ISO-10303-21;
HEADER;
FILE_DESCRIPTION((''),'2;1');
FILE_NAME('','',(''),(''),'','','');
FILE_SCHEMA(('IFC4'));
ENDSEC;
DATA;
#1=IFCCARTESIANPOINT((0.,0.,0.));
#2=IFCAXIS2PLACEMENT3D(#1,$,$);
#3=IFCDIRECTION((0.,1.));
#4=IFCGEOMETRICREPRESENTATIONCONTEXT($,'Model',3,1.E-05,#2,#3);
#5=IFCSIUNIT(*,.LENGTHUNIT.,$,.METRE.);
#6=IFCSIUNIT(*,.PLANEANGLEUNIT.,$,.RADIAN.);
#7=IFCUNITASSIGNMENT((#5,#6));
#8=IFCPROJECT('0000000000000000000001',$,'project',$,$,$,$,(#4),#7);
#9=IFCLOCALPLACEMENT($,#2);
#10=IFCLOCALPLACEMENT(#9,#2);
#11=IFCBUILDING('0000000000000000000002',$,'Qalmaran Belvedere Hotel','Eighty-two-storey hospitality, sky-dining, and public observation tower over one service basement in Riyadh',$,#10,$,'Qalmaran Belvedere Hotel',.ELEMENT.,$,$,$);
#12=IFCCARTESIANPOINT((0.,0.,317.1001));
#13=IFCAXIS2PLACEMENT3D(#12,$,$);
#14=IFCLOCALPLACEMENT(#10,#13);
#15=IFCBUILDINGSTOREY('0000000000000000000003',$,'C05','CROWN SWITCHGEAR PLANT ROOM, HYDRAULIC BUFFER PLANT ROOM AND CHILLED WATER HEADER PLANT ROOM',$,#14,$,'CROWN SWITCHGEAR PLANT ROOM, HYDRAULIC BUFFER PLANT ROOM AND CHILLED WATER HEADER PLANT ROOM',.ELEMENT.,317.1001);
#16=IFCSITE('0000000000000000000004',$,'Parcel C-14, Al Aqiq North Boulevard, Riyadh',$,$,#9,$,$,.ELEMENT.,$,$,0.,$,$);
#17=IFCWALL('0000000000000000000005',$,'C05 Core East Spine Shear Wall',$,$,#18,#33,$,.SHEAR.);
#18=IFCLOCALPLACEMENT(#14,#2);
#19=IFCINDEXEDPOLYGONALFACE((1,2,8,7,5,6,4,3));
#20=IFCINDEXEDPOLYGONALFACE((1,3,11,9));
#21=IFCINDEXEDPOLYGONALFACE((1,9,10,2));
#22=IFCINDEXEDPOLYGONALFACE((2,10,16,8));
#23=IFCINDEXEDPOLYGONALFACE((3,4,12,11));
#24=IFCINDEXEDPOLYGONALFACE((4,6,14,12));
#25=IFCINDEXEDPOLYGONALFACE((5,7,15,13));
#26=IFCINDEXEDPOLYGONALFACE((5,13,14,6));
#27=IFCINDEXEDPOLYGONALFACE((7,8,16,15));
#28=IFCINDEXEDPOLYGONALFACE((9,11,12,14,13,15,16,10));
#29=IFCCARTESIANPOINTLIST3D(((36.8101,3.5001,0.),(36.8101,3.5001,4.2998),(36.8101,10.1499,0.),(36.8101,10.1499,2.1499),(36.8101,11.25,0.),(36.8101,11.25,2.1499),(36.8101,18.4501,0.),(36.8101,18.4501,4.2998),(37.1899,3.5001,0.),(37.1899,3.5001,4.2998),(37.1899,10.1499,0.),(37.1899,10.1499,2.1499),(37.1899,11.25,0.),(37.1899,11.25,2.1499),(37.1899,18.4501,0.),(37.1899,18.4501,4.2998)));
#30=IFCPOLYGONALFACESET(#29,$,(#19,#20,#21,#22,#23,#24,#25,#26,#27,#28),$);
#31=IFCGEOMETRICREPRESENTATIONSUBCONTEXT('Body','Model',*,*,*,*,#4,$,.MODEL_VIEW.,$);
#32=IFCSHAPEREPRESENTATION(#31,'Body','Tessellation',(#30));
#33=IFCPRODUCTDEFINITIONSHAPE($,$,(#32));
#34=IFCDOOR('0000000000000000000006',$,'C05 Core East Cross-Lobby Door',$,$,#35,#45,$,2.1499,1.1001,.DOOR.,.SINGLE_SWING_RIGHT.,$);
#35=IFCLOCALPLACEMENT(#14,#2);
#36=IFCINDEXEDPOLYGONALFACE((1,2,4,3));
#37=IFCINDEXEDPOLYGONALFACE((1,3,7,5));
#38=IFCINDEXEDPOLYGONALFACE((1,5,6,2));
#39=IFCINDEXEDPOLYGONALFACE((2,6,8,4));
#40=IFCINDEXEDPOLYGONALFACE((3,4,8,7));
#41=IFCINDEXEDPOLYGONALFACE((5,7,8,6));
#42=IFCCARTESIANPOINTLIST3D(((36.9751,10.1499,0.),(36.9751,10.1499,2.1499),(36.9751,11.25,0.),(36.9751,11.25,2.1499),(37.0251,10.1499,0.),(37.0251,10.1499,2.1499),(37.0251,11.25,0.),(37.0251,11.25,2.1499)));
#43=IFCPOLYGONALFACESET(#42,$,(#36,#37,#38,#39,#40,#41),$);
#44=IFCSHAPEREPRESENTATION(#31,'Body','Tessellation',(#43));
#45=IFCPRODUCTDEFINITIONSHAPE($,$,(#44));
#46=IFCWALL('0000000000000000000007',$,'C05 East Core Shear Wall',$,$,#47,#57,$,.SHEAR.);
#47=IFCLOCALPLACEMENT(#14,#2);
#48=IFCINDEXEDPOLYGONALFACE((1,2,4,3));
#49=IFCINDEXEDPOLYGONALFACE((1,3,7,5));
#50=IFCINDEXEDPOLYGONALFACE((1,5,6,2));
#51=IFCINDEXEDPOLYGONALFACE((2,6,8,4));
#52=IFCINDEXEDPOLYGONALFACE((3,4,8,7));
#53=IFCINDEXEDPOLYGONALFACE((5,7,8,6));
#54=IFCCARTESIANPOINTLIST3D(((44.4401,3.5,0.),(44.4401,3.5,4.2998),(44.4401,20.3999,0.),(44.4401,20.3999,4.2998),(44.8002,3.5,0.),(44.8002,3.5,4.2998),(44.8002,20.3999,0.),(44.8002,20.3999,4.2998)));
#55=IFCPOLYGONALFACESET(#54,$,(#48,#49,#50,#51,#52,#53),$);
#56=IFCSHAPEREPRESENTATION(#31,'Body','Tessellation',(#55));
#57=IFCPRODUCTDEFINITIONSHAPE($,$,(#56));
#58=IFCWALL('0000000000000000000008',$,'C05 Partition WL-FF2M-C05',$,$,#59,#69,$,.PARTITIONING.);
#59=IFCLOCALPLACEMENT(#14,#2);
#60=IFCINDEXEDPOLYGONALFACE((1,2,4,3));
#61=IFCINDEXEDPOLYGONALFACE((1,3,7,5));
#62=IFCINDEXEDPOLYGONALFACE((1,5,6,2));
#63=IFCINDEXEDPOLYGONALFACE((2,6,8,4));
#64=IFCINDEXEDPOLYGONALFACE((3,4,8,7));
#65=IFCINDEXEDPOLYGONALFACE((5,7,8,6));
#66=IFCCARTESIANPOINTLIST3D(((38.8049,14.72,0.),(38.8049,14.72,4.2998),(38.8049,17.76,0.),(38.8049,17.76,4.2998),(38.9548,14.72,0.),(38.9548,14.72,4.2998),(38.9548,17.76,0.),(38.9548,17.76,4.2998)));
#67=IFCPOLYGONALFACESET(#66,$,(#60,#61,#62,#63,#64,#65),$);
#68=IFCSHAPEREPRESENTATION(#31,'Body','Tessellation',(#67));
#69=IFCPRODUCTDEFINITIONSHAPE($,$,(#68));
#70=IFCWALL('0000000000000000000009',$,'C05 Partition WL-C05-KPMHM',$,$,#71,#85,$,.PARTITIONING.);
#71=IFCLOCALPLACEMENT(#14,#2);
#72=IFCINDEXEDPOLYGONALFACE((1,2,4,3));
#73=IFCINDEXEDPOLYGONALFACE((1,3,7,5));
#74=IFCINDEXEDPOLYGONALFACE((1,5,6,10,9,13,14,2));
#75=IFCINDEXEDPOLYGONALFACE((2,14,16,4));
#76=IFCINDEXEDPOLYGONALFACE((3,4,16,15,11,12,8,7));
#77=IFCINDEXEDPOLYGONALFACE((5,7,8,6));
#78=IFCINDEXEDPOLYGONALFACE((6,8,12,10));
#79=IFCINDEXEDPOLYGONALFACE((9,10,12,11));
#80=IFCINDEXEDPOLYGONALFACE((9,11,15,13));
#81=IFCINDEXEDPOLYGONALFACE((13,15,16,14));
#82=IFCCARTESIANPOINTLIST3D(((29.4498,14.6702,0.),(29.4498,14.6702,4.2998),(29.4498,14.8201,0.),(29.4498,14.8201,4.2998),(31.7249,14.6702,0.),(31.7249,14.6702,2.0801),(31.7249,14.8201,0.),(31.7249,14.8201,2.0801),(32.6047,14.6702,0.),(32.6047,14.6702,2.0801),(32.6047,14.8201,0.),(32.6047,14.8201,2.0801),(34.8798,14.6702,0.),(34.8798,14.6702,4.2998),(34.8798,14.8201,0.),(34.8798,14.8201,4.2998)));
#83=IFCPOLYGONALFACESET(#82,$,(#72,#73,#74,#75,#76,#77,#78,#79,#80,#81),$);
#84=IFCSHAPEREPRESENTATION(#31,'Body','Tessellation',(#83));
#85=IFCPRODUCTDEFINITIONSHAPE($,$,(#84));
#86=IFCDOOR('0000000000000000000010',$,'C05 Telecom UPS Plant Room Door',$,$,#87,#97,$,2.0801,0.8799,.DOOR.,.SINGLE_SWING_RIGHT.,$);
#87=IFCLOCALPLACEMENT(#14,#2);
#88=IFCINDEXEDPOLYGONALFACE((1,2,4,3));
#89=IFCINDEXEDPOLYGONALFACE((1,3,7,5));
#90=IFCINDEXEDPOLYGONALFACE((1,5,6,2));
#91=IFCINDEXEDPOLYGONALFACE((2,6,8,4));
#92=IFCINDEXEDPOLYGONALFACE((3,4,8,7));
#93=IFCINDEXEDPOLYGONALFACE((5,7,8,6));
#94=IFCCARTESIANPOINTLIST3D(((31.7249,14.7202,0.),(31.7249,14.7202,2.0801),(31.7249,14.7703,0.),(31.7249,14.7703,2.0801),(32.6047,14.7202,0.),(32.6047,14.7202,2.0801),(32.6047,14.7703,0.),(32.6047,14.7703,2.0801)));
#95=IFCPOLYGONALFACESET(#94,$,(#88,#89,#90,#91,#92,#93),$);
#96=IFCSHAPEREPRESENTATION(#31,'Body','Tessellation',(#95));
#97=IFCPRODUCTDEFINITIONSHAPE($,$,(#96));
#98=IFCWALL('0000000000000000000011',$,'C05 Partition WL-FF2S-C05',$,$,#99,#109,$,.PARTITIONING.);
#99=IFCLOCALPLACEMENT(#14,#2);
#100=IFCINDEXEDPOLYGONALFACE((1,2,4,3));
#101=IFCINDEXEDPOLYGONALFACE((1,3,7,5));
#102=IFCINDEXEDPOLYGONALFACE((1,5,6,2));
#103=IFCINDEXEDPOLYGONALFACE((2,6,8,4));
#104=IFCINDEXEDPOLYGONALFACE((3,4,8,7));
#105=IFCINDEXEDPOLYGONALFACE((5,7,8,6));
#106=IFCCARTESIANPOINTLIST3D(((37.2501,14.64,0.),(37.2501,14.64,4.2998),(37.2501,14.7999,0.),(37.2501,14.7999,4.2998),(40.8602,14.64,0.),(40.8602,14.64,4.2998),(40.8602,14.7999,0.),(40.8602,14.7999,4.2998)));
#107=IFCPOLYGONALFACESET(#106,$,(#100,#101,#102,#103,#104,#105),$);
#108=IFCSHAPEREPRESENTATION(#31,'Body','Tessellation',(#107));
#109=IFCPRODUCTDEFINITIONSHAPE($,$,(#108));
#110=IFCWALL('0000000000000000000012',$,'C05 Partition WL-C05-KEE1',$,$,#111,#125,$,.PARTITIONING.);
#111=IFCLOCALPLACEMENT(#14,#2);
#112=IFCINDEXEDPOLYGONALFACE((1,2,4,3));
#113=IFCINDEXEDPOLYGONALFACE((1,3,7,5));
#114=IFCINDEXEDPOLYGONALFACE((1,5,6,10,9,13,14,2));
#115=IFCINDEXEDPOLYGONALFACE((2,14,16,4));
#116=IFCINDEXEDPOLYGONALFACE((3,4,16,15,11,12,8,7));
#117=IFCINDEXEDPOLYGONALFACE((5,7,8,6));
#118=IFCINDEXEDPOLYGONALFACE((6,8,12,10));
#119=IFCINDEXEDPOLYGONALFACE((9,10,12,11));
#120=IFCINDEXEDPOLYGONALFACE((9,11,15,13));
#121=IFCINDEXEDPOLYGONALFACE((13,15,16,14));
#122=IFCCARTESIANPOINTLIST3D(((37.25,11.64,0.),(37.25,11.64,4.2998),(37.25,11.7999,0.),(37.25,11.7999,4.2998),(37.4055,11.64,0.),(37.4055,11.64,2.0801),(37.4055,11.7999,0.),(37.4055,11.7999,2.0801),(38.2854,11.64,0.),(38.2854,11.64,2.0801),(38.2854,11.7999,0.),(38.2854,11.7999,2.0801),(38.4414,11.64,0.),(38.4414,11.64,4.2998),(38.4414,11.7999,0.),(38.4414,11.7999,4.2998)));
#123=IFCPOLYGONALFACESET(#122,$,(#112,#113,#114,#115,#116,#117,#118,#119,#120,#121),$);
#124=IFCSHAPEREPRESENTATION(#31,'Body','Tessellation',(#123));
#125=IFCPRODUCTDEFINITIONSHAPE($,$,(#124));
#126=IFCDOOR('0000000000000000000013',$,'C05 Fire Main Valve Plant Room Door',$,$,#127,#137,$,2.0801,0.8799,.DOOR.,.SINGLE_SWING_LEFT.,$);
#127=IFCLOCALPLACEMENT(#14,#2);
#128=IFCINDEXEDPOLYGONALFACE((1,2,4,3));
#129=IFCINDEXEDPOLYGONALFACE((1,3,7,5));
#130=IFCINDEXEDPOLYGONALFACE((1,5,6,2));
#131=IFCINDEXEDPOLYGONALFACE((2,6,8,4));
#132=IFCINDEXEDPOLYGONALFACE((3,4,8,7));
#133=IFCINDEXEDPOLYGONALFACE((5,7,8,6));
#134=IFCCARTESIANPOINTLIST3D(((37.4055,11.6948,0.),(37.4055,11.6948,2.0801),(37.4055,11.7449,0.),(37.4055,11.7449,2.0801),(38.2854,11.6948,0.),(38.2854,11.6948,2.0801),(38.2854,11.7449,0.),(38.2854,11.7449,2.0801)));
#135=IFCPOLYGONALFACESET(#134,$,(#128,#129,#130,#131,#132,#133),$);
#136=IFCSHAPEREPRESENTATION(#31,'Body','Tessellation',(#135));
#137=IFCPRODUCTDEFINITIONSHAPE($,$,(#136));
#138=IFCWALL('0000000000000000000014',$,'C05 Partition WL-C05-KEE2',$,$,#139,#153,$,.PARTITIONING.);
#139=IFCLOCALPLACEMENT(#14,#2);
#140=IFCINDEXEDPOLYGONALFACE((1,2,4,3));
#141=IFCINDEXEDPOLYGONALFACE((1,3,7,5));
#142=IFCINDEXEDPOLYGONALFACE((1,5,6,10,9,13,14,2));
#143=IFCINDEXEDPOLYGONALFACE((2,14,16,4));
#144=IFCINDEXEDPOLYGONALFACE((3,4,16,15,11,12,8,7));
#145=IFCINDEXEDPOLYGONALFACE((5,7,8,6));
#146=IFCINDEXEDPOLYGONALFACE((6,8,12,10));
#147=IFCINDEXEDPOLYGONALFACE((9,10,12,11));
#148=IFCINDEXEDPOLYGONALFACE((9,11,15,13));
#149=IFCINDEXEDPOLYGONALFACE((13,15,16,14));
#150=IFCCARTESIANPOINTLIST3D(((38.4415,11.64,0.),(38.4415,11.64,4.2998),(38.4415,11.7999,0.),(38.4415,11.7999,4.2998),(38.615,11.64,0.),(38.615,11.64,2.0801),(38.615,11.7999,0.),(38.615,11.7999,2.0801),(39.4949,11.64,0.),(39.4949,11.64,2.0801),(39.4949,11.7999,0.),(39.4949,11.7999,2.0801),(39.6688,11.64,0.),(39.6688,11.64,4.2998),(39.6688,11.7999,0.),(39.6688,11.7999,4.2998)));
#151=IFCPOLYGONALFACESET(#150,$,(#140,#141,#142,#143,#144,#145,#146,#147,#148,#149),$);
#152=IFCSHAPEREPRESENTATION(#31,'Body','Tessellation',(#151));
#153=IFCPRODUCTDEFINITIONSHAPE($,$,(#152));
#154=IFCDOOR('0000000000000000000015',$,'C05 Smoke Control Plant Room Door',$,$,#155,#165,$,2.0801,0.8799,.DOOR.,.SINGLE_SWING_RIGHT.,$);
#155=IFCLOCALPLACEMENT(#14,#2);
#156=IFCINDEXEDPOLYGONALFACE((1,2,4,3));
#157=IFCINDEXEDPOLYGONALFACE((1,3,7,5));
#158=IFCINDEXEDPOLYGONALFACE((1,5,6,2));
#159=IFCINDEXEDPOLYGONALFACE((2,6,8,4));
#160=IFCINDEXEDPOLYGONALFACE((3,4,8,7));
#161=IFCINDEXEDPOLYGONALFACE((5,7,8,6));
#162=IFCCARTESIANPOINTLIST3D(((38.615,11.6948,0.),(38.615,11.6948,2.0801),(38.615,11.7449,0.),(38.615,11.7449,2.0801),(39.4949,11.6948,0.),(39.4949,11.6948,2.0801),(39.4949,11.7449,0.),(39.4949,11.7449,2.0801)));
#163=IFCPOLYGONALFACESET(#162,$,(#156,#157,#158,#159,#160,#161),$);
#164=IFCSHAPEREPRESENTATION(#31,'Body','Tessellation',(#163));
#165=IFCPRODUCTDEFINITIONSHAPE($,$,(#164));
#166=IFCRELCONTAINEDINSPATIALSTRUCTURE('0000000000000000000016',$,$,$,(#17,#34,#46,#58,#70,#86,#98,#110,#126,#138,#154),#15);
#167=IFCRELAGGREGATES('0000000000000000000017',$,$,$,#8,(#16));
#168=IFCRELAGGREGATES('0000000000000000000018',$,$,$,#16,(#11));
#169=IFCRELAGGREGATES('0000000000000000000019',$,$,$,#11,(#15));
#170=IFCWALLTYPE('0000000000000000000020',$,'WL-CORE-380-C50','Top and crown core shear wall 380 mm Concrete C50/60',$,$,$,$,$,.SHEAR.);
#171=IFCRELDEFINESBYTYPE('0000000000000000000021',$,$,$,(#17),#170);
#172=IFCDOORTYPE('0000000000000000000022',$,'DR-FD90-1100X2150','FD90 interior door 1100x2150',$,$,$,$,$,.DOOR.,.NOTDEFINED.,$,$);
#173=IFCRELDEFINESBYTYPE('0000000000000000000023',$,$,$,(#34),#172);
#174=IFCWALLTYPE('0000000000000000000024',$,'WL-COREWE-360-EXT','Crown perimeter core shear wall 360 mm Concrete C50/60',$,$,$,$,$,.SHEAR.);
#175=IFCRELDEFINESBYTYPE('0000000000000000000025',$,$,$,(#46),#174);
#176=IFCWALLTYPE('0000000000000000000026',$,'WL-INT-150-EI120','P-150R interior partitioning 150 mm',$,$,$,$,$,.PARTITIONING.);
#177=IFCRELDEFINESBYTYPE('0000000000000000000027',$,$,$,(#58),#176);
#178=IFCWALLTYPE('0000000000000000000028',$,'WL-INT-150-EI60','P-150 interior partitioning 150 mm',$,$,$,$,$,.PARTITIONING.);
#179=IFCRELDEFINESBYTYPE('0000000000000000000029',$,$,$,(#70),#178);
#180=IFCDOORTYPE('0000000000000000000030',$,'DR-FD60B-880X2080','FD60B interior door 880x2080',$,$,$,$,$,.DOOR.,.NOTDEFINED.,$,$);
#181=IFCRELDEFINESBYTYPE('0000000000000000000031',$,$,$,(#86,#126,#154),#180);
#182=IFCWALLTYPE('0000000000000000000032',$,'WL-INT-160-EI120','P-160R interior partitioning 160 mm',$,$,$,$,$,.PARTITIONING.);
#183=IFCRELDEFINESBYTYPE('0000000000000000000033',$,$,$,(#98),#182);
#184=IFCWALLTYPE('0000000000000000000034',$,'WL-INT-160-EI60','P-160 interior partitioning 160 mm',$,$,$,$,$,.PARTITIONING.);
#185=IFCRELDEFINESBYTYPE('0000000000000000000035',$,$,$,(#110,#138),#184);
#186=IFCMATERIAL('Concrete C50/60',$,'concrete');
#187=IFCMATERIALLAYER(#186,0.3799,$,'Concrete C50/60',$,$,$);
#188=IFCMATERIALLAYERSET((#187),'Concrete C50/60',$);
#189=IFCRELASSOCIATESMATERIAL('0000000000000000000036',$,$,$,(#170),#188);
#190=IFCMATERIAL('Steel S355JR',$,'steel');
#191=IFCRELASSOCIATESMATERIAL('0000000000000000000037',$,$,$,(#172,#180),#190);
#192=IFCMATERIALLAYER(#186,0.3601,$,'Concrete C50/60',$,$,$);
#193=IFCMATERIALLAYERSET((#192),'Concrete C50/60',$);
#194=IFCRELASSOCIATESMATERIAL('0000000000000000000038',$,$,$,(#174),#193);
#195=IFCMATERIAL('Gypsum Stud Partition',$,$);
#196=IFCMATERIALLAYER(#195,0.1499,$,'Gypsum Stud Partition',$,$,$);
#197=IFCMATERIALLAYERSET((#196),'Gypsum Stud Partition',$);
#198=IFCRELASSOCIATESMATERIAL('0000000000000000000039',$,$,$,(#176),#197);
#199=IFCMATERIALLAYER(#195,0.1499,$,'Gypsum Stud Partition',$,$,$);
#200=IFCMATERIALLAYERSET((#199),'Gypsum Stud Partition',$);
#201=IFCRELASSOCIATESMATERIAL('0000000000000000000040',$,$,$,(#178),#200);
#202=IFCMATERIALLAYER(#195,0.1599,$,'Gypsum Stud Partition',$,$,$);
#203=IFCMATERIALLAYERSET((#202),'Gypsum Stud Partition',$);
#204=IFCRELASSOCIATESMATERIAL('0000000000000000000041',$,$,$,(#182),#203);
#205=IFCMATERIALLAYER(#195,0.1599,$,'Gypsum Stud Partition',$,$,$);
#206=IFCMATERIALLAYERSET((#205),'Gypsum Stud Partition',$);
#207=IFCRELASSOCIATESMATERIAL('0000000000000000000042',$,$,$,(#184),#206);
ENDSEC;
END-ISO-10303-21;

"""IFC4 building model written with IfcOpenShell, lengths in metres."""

from ifc_helpers import new_model, si_unit, direction, frame, frame_2d, origin, place, context, subcontext, project, spatial, rectangle, extrude, material, layer, layer_set, type_object, element, fill, save


model = new_model("IFC4")

# Units and contexts
model_context = context("Model", 3, precision=1e-05, world=origin(), true_north=direction((0.0, 1.0)))
body_context = subcontext(model_context, "Body", "Model", "MODEL_VIEW")
ifc_project = project(units=[si_unit("LENGTHUNIT", "METRE"), si_unit("PLANEANGLEUNIT", "RADIAN")], contexts=[model_context])

# Site, building, storey
site_placement = place(None, origin())
site = spatial("IfcSite", under=ifc_project, at=site_placement, Name="Parcel C-14, Al Aqiq North Boulevard, Riyadh", CompositionType="ELEMENT", RefElevation=0.0)
building_placement = place(site_placement, origin())
building = spatial("IfcBuilding", under=site, at=building_placement, Name="Qalmaran Belvedere Hotel", Description="Eighty-two-storey hospitality, sky-dining, and public observation tower over one service basement in Riyadh", LongName="Qalmaran Belvedere Hotel", CompositionType="ELEMENT")
storey_placement = place(building_placement, frame((0.0, 0.0, 317.1001)))
storey = spatial("IfcBuildingStorey", under=building, at=storey_placement, Name="C05", Description="CROWN SWITCHGEAR PLANT ROOM, HYDRAULIC BUFFER PLANT ROOM AND CHILLED WATER HEADER PLANT ROOM", LongName="CROWN SWITCHGEAR PLANT ROOM, HYDRAULIC BUFFER PLANT ROOM AND CHILLED WATER HEADER PLANT ROOM", CompositionType="ELEMENT", Elevation=317.1001)

# Wall, opening, door
ifc_material_1 = material(Name="Concrete C50/60", Category="concrete")
ifc_layer_1 = layer(ifc_material_1, 0.3799, Name="Concrete C50/60")
ifc_layer_set_1 = layer_set([ifc_layer_1], Name="Concrete C50/60")
wall_type_1 = type_object("IfcWallType", Name="WL-CORE-380-C50", Description="Top and crown core shear wall 380 mm Concrete C50/60", PredefinedType="SHEAR", material=ifc_layer_set_1)
wall_1_placement = place(storey_placement, frame((37.0, 3.5, 0.0), z_axis=(0.0, 0.0, 1.0), x_axis=(0.0, 1.0, 0.0)))
wall_1 = element("IfcWall", 1, at=wall_1_placement, inside=storey, type_object=wall_type_1, Name="C05 Core East Spine Shear Wall", PredefinedType="SHEAR", context=body_context, shape_type="SweptSolid", body=[
    extrude(rectangle(XDim=14.95, YDim=0.3799, at=frame_2d((7.4751, 0.0))), origin(), (0.0, 0.0, 1.0), 4.2998),
])
opening_1_placement = place(wall_1_placement, frame((6.6499, 0.0, 0.0)))
opening_1 = element("IfcOpeningElement", 2, at=opening_1_placement, cuts=wall_1, PredefinedType="OPENING", context=body_context, shape_type="SweptSolid", body=[
    extrude(rectangle(XDim=1.1001, YDim=2.1499, at=frame_2d((0.55, 1.075))), frame((0.0, 0.2, 0.0), z_axis=(0.0, -1.0, 0.0), x_axis=(1.0, 0.0, 0.0)), (0.0, 0.0, 1.0), 0.3999),
])
ifc_material_2 = material(Name="Steel S355JR", Category="steel")
door_type_1 = type_object("IfcDoorType", Name="DR-FD90-1100X2150", Description="FD90 interior door 1100x2150", OperationType="NOTDEFINED", PredefinedType="DOOR", material=ifc_material_2)
door_1_placement = place(opening_1_placement, origin())
door_1 = element("IfcDoor", 3, at=door_1_placement, inside=storey, type_object=door_type_1, Name="C05 Core East Cross-Lobby Door", OperationType="SINGLE_SWING_RIGHT", OverallHeight=2.1499, OverallWidth=1.1001, PredefinedType="DOOR", context=body_context, shape_type="SweptSolid", body=[
    extrude(rectangle(XDim=1.1001, YDim=2.1499, at=frame_2d((0.55, 1.075))), frame((0.0, 0.0249, 0.0), z_axis=(0.0, -1.0, 0.0), x_axis=(1.0, 0.0, 0.0)), (0.0, 0.0, 1.0), 0.05),
])
fill(opening_1, door_1)

# Walls
ifc_layer_2 = layer(ifc_material_1, 0.3601, Name="Concrete C50/60")
ifc_layer_set_2 = layer_set([ifc_layer_2], Name="Concrete C50/60")
wall_type_2 = type_object("IfcWallType", Name="WL-COREWE-360-EXT", Description="Crown perimeter core shear wall 360 mm Concrete C50/60", PredefinedType="SHEAR", material=ifc_layer_set_2)
wall_2_placement = place(storey_placement, frame((44.6201, 3.5, 0.0), z_axis=(0.0, 0.0, 1.0), x_axis=(0.0, 1.0, 0.0)))
element("IfcWall", 4, at=wall_2_placement, inside=storey, type_object=wall_type_2, Name="C05 East Core Shear Wall", PredefinedType="SHEAR", context=body_context, shape_type="SweptSolid", body=[
    extrude(rectangle(XDim=16.8999, YDim=0.3601, at=frame_2d((8.45, 0.0))), origin(), (0.0, 0.0, 1.0), 4.2998),
])
ifc_material_3 = material(Name="Gypsum Stud Partition")
ifc_layer_3 = layer(ifc_material_3, 0.1499, Name="Gypsum Stud Partition")
ifc_layer_set_3 = layer_set([ifc_layer_3], Name="Gypsum Stud Partition")
wall_type_3 = type_object("IfcWallType", Name="WL-INT-150-EI120", Description="P-150R interior partitioning 150 mm", PredefinedType="PARTITIONING", material=ifc_layer_set_3)
wall_3_placement = place(storey_placement, frame((38.8799, 14.72, 0.0), z_axis=(0.0, 0.0, 1.0), x_axis=(0.0, 1.0, 0.0)))
element("IfcWall", 5, at=wall_3_placement, inside=storey, type_object=wall_type_3, Name="C05 Partition WL-FF2M-C05", PredefinedType="PARTITIONING", context=body_context, shape_type="SweptSolid", body=[
    extrude(rectangle(XDim=3.04, YDim=0.1499, at=frame_2d((1.52, 0.0))), origin(), (0.0, 0.0, 1.0), 4.2998),
])
ifc_layer_4 = layer(ifc_material_3, 0.1499, Name="Gypsum Stud Partition")
ifc_layer_set_4 = layer_set([ifc_layer_4], Name="Gypsum Stud Partition")
wall_type_4 = type_object("IfcWallType", Name="WL-INT-150-EI60", Description="P-150 interior partitioning 150 mm", PredefinedType="PARTITIONING", material=ifc_layer_set_4)

# Wall, opening, door
wall_4_placement = place(storey_placement, frame((29.45, 14.7451, 0.0), z_axis=(0.0, 0.0, 1.0), x_axis=(1.0, 0.0, 0.0)))
wall_4 = element("IfcWall", 6, at=wall_4_placement, inside=storey, type_object=wall_type_4, Name="C05 Partition WL-C05-KPMHM", PredefinedType="PARTITIONING", context=body_context, shape_type="SweptSolid", body=[
    extrude(rectangle(XDim=5.4299, YDim=0.1499, at=frame_2d((2.7148, 0.0))), origin(), (0.0, 0.0, 1.0), 4.2998),
])
opening_2_placement = place(wall_4_placement, frame((3.1548, 0.0, 0.0), z_axis=(0.0, 0.0, 1.0), x_axis=(-1.0, 0.0, 0.0)))
opening_2 = element("IfcOpeningElement", 7, at=opening_2_placement, cuts=wall_4, PredefinedType="OPENING", context=body_context, shape_type="SweptSolid", body=[
    extrude(rectangle(XDim=0.8799, YDim=2.0801, at=frame_2d((0.4399, 1.04))), frame((0.0, 0.085, 0.0), z_axis=(0.0, -1.0, 0.0), x_axis=(1.0, 0.0, 0.0)), (0.0, 0.0, 1.0), 0.1699),
])
door_type_2 = type_object("IfcDoorType", Name="DR-FD60B-880X2080", Description="FD60B interior door 880x2080", OperationType="NOTDEFINED", PredefinedType="DOOR", material=ifc_material_2)
door_2_placement = place(opening_2_placement, origin())
door_2 = element("IfcDoor", 8, at=door_2_placement, inside=storey, type_object=door_type_2, Name="C05 Telecom UPS Plant Room Door", OperationType="SINGLE_SWING_RIGHT", OverallHeight=2.0801, OverallWidth=0.8799, PredefinedType="DOOR", context=body_context, shape_type="SweptSolid", body=[
    extrude(rectangle(XDim=0.8799, YDim=2.0801, at=frame_2d((0.4399, 1.04))), frame((0.0, 0.0249, 0.0), z_axis=(0.0, -1.0, 0.0), x_axis=(1.0, 0.0, 0.0)), (0.0, 0.0, 1.0), 0.05),
])
fill(opening_2, door_2)

# Wall
ifc_layer_5 = layer(ifc_material_3, 0.1599, Name="Gypsum Stud Partition")
ifc_layer_set_5 = layer_set([ifc_layer_5], Name="Gypsum Stud Partition")
wall_type_5 = type_object("IfcWallType", Name="WL-INT-160-EI120", Description="P-160R interior partitioning 160 mm", PredefinedType="PARTITIONING", material=ifc_layer_set_5)
wall_5_placement = place(storey_placement, frame((37.25, 14.72, 0.0), z_axis=(0.0, 0.0, 1.0), x_axis=(1.0, 0.0, 0.0)))
element("IfcWall", 9, at=wall_5_placement, inside=storey, type_object=wall_type_5, Name="C05 Partition WL-FF2S-C05", PredefinedType="PARTITIONING", context=body_context, shape_type="SweptSolid", body=[
    extrude(rectangle(XDim=3.6101, YDim=0.1599, at=frame_2d((1.8052, 0.0))), origin(), (0.0, 0.0, 1.0), 4.2998),
])

# Walls, openings, doors
ifc_layer_6 = layer(ifc_material_3, 0.1599, Name="Gypsum Stud Partition")
ifc_layer_set_6 = layer_set([ifc_layer_6], Name="Gypsum Stud Partition")
wall_type_6 = type_object("IfcWallType", Name="WL-INT-160-EI60", Description="P-160 interior partitioning 160 mm", PredefinedType="PARTITIONING", material=ifc_layer_set_6)
wall_6_placement = place(storey_placement, frame((37.25, 11.72, 0.0), z_axis=(0.0, 0.0, 1.0), x_axis=(1.0, 0.0, 0.0)))
wall_6 = element("IfcWall", 10, at=wall_6_placement, inside=storey, type_object=wall_type_6, Name="C05 Partition WL-C05-KEE1", PredefinedType="PARTITIONING", context=body_context, shape_type="SweptSolid", body=[
    extrude(rectangle(XDim=1.1914, YDim=0.1599, at=frame_2d((0.5957, 0.0))), origin(), (0.0, 0.0, 1.0), 4.2998),
])
opening_3_placement = place(wall_6_placement, frame((0.1555, 0.0, 0.0)))
opening_3 = element("IfcOpeningElement", 11, at=opening_3_placement, cuts=wall_6, PredefinedType="OPENING", context=body_context, shape_type="SweptSolid", body=[
    extrude(rectangle(XDim=0.8799, YDim=2.0801, at=frame_2d((0.4399, 1.04))), frame((0.0, 0.0898, 0.0), z_axis=(0.0, -1.0, 0.0), x_axis=(1.0, 0.0, 0.0)), (0.0, 0.0, 1.0), 0.1799),
])
door_3_placement = place(opening_3_placement, origin())
door_3 = element("IfcDoor", 12, at=door_3_placement, inside=storey, type_object=door_type_2, Name="C05 Fire Main Valve Plant Room Door", OperationType="SINGLE_SWING_LEFT", OverallHeight=2.0801, OverallWidth=0.8799, PredefinedType="DOOR", context=body_context, shape_type="SweptSolid", body=[
    extrude(rectangle(XDim=0.8799, YDim=2.0801, at=frame_2d((0.4399, 1.04))), frame((0.0, 0.0249, 0.0), z_axis=(0.0, -1.0, 0.0), x_axis=(1.0, 0.0, 0.0)), (0.0, 0.0, 1.0), 0.05),
])
fill(opening_3, door_3)
wall_7_placement = place(storey_placement, frame((38.4414, 11.72, 0.0), z_axis=(0.0, 0.0, 1.0), x_axis=(1.0, 0.0, 0.0)))
wall_7 = element("IfcWall", 13, at=wall_7_placement, inside=storey, type_object=wall_type_6, Name="C05 Partition WL-C05-KEE2", PredefinedType="PARTITIONING", context=body_context, shape_type="SweptSolid", body=[
    extrude(rectangle(XDim=1.2273, YDim=0.1599, at=frame_2d((0.6138, 0.0))), origin(), (0.0, 0.0, 1.0), 4.2998),
])
opening_4_placement = place(wall_7_placement, frame((0.1736, 0.0, 0.0)))
opening_4 = element("IfcOpeningElement", 14, at=opening_4_placement, cuts=wall_7, PredefinedType="OPENING", context=body_context, shape_type="SweptSolid", body=[
    extrude(rectangle(XDim=0.8799, YDim=2.0801, at=frame_2d((0.4399, 1.04))), frame((0.0, 0.0898, 0.0), z_axis=(0.0, -1.0, 0.0), x_axis=(1.0, 0.0, 0.0)), (0.0, 0.0, 1.0), 0.1799),
])
door_4_placement = place(opening_4_placement, origin())
door_4 = element("IfcDoor", 15, at=door_4_placement, inside=storey, type_object=door_type_2, Name="C05 Smoke Control Plant Room Door", OperationType="SINGLE_SWING_RIGHT", OverallHeight=2.0801, OverallWidth=0.8799, PredefinedType="DOOR", context=body_context, shape_type="SweptSolid", body=[
    extrude(rectangle(XDim=0.8799, YDim=2.0801, at=frame_2d((0.4399, 1.04))), frame((0.0, 0.0249, 0.0), z_axis=(0.0, -1.0, 0.0), x_axis=(1.0, 0.0, 0.0)), (0.0, 0.0, 1.0), 0.05),
])
fill(opening_4, door_4)

save(model, "model.ifc")
